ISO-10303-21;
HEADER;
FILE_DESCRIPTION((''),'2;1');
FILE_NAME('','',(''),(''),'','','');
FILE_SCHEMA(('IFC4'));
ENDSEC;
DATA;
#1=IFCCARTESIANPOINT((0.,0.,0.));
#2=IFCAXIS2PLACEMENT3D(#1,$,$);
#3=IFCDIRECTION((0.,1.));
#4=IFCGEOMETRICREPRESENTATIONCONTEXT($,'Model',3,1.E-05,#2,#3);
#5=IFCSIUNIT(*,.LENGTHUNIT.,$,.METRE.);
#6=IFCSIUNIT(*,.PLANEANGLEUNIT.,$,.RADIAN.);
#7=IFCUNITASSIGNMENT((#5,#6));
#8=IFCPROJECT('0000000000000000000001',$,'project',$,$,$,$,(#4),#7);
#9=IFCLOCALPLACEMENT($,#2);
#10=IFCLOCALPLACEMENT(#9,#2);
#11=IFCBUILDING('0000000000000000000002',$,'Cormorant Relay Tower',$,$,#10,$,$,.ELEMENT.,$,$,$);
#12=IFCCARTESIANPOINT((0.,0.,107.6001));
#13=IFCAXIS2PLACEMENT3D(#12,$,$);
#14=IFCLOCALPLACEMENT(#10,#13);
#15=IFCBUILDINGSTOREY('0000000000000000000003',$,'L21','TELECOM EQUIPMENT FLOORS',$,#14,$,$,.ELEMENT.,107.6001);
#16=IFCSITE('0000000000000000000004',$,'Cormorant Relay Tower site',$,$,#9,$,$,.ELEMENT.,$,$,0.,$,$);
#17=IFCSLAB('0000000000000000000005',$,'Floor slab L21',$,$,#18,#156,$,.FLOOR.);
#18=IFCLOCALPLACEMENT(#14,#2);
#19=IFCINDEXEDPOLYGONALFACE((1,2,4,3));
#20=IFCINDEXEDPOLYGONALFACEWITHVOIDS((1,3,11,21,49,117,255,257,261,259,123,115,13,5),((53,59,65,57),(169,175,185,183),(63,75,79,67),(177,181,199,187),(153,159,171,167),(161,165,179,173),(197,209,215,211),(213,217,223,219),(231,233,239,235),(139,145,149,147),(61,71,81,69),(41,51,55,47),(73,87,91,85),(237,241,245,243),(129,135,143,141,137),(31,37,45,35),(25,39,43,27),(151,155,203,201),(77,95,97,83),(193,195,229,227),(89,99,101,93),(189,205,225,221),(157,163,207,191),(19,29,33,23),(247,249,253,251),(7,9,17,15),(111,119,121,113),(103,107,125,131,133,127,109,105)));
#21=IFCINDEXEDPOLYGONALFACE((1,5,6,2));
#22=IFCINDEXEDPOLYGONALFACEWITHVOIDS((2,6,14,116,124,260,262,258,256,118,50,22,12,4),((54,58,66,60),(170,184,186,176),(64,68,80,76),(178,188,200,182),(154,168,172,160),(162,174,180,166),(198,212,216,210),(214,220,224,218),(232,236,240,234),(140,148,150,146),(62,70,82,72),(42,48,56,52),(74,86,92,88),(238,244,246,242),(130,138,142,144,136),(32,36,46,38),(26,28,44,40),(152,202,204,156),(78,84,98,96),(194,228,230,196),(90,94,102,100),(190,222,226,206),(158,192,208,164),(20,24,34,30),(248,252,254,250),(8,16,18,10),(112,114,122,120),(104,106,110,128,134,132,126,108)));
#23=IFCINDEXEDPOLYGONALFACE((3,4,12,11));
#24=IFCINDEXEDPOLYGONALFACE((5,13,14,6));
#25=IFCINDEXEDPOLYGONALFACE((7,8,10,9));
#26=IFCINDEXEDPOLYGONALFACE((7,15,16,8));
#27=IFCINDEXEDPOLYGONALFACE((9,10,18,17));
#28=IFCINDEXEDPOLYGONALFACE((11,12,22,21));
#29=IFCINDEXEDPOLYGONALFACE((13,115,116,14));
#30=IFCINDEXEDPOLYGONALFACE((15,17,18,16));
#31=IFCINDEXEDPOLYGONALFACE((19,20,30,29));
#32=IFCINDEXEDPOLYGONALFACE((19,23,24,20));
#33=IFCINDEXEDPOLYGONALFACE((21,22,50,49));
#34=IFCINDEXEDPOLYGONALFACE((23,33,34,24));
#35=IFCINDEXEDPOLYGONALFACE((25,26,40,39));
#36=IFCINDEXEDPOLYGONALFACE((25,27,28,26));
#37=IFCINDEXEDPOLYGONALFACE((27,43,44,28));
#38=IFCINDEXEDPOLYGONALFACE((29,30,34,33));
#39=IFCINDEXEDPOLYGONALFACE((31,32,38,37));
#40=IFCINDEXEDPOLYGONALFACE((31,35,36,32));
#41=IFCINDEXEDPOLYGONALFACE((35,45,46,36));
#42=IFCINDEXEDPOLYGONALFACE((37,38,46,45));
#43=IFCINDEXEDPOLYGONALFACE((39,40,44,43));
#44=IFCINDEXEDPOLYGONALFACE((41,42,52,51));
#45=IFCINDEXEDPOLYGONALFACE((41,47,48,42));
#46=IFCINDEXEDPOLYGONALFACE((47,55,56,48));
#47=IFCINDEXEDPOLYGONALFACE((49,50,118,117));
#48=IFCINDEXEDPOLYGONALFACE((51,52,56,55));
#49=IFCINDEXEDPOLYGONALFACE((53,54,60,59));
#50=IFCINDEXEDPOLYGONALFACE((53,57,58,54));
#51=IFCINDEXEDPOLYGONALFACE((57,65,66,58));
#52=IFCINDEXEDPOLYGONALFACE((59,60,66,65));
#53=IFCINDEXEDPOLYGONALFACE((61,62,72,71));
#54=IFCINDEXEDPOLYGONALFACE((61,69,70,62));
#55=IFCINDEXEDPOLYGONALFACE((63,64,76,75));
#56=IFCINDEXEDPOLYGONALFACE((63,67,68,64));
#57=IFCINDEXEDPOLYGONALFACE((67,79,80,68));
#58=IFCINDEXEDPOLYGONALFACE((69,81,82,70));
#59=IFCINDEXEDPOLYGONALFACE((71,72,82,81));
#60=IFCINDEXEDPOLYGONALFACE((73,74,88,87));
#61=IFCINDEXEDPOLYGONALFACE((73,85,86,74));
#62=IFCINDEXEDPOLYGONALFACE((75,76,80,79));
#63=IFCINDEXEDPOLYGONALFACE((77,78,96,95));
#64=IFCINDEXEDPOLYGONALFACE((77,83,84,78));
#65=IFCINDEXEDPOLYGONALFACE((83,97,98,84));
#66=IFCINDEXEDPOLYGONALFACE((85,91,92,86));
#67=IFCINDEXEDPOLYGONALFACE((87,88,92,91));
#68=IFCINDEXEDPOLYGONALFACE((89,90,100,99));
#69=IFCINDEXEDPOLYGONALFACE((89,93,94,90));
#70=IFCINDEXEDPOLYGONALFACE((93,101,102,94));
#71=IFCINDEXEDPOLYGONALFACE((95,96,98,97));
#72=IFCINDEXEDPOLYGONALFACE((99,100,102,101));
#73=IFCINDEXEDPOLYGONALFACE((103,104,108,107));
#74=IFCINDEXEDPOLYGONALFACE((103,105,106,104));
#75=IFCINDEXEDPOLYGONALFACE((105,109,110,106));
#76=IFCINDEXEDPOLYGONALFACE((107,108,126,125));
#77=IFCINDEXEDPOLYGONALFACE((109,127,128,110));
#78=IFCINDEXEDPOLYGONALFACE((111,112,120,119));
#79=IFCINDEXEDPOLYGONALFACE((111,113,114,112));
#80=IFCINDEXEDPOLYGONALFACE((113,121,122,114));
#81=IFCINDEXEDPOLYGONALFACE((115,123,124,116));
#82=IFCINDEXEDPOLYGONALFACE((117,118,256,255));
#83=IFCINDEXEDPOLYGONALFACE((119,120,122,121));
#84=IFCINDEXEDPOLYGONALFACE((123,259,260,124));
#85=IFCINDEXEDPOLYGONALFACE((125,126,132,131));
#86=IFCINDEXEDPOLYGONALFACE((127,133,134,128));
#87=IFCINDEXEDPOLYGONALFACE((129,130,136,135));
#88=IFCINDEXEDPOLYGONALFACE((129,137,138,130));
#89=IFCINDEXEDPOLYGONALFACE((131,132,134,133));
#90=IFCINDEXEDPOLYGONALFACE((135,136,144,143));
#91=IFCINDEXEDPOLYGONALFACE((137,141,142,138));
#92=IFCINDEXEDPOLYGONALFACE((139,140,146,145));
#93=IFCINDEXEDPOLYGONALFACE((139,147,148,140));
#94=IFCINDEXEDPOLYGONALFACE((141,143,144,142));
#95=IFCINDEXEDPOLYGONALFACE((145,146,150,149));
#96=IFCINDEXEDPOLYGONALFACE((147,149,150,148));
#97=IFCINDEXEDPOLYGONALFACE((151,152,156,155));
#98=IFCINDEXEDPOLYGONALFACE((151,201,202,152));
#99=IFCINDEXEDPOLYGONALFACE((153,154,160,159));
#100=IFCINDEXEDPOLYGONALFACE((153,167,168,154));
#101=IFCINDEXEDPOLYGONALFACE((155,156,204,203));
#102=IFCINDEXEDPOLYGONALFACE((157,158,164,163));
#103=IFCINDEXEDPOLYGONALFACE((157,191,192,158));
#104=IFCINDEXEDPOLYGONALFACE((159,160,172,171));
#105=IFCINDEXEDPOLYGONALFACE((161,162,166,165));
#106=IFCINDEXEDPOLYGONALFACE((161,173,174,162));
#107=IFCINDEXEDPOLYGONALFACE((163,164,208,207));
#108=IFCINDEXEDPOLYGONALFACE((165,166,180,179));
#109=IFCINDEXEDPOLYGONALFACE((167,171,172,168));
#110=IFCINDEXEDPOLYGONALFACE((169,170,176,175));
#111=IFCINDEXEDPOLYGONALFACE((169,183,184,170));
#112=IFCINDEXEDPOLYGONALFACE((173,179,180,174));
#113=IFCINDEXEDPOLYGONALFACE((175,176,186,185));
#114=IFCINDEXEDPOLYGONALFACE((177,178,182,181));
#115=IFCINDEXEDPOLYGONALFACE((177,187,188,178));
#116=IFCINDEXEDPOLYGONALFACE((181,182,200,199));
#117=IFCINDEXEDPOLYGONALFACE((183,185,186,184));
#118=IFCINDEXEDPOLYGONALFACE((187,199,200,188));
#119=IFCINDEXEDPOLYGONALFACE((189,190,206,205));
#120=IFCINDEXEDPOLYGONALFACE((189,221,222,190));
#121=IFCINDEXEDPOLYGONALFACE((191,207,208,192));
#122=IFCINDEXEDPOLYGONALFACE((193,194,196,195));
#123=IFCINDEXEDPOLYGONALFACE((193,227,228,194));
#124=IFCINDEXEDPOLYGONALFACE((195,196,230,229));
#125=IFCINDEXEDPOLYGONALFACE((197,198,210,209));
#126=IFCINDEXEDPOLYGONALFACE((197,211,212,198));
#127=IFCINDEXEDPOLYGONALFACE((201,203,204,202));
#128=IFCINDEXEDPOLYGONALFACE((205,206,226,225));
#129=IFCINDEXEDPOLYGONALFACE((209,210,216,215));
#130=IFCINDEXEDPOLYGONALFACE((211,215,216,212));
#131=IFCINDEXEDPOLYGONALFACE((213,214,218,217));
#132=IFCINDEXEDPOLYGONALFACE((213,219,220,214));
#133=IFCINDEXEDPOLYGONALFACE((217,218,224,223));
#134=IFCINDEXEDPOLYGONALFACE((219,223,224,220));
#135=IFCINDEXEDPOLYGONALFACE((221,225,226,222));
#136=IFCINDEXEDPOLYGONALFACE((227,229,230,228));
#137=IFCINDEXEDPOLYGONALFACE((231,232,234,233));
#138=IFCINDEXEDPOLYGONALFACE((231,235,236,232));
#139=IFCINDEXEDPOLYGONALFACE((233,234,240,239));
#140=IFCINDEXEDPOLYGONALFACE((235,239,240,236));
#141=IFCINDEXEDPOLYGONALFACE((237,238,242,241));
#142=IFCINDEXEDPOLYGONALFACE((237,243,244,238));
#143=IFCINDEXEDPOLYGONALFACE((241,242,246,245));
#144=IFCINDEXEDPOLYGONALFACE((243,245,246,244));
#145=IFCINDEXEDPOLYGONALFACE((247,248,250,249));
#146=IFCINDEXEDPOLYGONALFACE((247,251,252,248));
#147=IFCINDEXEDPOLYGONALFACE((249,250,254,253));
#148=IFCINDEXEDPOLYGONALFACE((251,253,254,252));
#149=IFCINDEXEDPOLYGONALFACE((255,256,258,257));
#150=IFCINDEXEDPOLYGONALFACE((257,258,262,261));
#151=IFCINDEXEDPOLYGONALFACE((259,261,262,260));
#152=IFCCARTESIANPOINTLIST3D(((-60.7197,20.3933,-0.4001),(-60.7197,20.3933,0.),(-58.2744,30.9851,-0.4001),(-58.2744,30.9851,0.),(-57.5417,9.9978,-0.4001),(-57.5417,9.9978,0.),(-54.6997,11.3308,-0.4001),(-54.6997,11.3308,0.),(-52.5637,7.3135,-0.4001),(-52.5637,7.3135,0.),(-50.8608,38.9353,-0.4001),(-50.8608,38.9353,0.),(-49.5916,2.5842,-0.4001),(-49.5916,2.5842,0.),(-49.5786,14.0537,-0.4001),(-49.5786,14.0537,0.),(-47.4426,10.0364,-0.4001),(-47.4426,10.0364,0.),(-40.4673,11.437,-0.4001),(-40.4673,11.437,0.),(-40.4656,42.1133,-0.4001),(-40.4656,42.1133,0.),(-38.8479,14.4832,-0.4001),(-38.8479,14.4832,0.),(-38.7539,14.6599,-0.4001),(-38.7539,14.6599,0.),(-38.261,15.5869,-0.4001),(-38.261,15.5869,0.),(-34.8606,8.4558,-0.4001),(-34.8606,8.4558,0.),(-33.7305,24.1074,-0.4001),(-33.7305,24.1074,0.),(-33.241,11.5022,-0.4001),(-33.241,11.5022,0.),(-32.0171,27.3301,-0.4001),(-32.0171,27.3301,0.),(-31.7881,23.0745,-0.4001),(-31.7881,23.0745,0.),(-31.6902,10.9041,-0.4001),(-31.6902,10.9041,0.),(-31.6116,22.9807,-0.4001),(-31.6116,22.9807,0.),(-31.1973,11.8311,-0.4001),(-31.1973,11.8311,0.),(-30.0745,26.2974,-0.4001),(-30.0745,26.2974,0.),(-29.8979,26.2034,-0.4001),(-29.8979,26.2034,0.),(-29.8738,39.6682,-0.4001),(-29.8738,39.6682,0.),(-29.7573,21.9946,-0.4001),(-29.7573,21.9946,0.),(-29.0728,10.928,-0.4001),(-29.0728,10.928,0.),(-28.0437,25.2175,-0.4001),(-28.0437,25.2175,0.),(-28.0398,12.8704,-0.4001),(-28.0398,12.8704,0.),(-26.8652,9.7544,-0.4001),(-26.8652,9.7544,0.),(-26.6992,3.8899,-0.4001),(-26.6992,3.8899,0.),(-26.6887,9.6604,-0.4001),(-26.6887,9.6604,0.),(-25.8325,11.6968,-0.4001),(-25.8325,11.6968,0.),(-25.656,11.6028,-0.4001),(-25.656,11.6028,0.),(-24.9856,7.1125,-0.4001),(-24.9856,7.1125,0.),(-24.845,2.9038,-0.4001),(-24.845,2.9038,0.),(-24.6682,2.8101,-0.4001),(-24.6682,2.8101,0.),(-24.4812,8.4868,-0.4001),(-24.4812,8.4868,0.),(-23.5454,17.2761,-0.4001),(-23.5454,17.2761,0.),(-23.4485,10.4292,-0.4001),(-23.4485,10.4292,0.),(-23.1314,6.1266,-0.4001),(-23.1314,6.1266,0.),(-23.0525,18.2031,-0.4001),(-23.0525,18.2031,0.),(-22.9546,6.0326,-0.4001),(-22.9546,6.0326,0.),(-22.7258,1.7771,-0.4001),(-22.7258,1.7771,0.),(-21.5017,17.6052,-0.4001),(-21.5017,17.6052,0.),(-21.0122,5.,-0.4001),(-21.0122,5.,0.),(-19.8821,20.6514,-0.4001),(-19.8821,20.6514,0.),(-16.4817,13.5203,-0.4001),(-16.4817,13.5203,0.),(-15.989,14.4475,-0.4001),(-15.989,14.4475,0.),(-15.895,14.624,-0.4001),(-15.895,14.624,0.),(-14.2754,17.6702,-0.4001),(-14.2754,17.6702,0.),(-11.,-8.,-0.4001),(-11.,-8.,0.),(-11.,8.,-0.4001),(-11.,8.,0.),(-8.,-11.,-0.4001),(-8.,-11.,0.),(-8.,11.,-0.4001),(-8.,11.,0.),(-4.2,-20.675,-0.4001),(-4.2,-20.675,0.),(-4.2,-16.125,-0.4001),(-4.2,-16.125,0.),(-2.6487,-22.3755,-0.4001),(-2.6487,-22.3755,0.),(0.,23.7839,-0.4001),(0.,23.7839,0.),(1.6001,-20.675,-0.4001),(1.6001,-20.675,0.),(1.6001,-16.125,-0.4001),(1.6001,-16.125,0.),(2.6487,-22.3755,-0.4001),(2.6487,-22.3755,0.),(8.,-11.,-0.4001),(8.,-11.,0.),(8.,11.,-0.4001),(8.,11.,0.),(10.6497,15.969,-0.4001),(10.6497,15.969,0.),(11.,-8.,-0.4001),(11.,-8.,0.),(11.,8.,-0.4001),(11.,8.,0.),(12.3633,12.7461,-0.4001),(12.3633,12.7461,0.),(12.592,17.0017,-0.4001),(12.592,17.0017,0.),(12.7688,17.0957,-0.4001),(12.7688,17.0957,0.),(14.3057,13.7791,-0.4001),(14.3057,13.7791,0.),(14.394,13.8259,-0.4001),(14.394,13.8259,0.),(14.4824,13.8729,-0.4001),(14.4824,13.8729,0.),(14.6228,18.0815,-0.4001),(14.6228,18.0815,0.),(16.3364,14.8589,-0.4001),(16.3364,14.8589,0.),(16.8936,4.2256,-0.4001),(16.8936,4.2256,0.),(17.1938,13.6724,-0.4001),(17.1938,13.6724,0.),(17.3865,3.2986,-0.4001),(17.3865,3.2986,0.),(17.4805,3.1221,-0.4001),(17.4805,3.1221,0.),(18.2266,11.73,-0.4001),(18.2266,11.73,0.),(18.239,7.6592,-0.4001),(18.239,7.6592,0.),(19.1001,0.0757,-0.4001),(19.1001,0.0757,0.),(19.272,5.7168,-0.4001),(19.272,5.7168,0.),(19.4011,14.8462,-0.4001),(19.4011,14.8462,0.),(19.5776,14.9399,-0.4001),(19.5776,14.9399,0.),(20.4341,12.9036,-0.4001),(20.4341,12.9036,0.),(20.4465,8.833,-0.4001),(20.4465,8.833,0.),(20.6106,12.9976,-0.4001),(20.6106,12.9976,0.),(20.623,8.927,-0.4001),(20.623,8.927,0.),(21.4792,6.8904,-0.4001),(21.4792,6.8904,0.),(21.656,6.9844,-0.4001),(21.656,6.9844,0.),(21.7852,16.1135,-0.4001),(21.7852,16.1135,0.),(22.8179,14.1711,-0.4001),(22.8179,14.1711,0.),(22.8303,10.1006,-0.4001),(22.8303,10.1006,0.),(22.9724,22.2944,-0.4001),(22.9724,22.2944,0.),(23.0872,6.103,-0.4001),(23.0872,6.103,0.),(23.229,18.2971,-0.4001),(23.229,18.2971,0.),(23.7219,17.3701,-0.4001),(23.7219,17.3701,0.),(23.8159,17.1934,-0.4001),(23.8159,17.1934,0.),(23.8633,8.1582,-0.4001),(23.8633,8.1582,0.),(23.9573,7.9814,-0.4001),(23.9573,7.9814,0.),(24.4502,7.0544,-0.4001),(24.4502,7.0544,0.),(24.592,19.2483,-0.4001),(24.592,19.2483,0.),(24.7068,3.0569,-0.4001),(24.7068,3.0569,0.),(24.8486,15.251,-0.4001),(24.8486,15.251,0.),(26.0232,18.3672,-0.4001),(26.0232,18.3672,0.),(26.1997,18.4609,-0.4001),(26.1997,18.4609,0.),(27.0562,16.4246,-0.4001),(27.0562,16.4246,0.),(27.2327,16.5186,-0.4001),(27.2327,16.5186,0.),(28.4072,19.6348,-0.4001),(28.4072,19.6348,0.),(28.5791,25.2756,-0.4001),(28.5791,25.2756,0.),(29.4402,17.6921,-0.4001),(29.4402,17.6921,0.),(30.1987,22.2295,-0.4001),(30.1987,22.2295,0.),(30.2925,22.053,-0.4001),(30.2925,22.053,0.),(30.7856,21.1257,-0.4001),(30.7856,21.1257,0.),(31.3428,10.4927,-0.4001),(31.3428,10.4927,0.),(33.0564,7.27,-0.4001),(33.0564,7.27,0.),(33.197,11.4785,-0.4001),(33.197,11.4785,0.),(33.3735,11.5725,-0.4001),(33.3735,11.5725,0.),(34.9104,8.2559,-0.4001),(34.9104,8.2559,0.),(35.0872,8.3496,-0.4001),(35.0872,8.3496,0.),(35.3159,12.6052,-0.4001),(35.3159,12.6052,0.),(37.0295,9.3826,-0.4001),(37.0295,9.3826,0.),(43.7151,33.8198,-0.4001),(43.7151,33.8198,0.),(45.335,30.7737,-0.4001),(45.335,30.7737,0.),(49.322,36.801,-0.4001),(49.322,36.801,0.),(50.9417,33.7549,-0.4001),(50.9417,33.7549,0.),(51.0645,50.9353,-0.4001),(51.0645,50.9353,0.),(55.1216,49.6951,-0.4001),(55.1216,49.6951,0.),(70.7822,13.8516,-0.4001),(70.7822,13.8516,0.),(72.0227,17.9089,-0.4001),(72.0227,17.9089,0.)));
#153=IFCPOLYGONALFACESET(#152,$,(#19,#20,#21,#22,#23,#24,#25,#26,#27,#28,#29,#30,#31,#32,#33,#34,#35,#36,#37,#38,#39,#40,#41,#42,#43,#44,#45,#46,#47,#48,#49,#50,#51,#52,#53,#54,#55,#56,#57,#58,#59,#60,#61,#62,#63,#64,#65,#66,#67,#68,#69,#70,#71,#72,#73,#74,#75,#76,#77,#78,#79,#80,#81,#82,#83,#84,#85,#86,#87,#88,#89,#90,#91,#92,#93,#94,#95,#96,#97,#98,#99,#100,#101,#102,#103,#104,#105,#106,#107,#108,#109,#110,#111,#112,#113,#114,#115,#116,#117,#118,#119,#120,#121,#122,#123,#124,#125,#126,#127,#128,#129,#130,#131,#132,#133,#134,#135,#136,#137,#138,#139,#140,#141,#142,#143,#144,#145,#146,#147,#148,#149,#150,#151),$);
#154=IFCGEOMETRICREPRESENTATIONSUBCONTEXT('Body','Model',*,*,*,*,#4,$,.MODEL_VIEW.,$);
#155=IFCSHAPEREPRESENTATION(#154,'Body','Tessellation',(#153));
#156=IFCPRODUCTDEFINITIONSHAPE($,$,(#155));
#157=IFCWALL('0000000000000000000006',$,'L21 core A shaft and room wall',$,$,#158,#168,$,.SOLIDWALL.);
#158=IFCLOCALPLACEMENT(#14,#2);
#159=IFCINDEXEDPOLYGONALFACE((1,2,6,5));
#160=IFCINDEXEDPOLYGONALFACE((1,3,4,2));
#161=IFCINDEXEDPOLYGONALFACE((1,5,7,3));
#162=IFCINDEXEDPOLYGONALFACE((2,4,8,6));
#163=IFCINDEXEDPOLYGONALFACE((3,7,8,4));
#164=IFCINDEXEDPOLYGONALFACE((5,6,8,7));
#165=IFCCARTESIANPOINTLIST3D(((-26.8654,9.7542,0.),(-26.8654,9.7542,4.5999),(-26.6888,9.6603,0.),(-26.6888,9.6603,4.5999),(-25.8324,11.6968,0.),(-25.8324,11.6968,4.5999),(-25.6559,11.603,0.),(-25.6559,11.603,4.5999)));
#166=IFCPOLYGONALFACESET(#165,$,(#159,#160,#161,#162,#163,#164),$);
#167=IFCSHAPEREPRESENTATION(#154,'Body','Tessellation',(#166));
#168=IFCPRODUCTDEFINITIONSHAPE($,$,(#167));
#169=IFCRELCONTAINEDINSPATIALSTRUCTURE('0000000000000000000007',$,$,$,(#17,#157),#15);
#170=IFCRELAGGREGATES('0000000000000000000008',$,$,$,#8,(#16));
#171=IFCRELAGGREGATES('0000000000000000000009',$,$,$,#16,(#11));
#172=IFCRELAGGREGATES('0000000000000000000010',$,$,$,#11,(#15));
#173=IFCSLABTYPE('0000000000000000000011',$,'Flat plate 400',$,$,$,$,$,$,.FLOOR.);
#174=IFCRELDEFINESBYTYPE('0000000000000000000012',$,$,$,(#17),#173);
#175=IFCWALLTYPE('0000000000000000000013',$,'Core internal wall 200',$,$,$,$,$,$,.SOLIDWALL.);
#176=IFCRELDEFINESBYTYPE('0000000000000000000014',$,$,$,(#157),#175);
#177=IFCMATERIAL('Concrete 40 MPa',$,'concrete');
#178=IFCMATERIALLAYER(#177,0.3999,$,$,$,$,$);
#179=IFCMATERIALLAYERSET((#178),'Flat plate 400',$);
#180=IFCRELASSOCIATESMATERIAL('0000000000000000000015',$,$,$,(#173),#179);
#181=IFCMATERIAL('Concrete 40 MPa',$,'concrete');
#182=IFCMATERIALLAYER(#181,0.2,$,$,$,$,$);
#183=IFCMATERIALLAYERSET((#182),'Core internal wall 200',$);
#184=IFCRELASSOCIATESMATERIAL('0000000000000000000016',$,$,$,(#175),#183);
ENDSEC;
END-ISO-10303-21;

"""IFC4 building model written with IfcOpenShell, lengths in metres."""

from ifc_helpers import new_model, si_unit, direction, frame, frame_2d, origin, place, context, subcontext, project, spatial, polyline, rectangle, outline, extrude, material, layer, layer_set, type_object, element, save


model = new_model("IFC4")

# Units and contexts
model_context = context("Model", 3, precision=1e-05, world=origin(), true_north=direction((0.0, 1.0)))
body_context = subcontext(model_context, "Body", "Model", "MODEL_VIEW")
ifc_project = project(units=[si_unit("LENGTHUNIT", "METRE"), si_unit("PLANEANGLEUNIT", "RADIAN")], contexts=[model_context])

# Site, building, storey
site_placement = place(None, origin())
site = spatial("IfcSite", under=ifc_project, at=site_placement, Name="Cormorant Relay Tower site", CompositionType="ELEMENT", RefElevation=0.0)
building_placement = place(site_placement, origin())
building = spatial("IfcBuilding", under=site, at=building_placement, Name="Cormorant Relay Tower", CompositionType="ELEMENT")
storey_placement = place(building_placement, frame((0.0, 0.0, 107.6001)))
storey = spatial("IfcBuildingStorey", under=building, at=storey_placement, Name="L21", Description="TELECOM EQUIPMENT FLOORS", CompositionType="ELEMENT", Elevation=107.6001)

# Slab
ifc_material_1 = material(Name="Concrete 40 MPa", Category="concrete")
ifc_layer_1 = layer(ifc_material_1, 0.3999)
ifc_layer_set_1 = layer_set([ifc_layer_1], Name="Flat plate 400")
slab_type_1 = type_object("IfcSlabType", Name="Flat plate 400", PredefinedType="FLOOR", material=ifc_layer_set_1)
slab_1_placement = place(storey_placement, frame((0.0, 0.0, -0.4001)))
element("IfcSlab", 1, at=slab_1_placement, inside=storey, type_object=slab_type_1, Name="Floor slab L21", PredefinedType="FLOOR", context=body_context, shape_type="SweptSolid", body=[
    extrude(outline(polyline([(-60.7197, 20.3933), (-58.2744, 30.9851), (-50.8608, 38.9353), (-40.4656, 42.1133), (-29.8738, 39.6682), (0.0, 23.7839), (51.0645, 50.9353), (55.1216, 49.6951), (72.0227, 17.9089), (70.7822, 13.8516), (2.6487, -22.3755), (-2.6487, -22.3755), (-49.5916, 2.5842), (-57.5417, 9.9978), (-60.7197, 20.3933)]), holes=[polyline([(11.0, -8.0), (11.0, 8.0), (8.0, 11.0), (-8.0, 11.0), (-11.0, 8.0), (-11.0, -8.0), (-8.0, -11.0), (8.0, -11.0), (11.0, -8.0)]), polyline([(-4.2, -16.125), (-4.2, -20.675), (1.6001, -20.675), (1.6001, -16.125), (-4.2, -16.125)]), polyline([(-22.9546, 6.0327), (-24.6682, 2.8101), (-22.7258, 1.7771), (-21.0122, 5.0), (-23.043, 6.0796), (-22.9546, 6.0327)]), polyline([(-24.9856, 7.1125), (-26.6992, 3.8899), (-24.845, 2.9038), (-23.1313, 6.1267), (-23.043, 6.0796), (-24.9856, 7.1125)]), polyline([(-26.6887, 9.6604), (-24.4812, 8.4868), (-23.4485, 10.4292), (-25.656, 11.6028), (-26.6887, 9.6604)]), polyline([(-49.5786, 14.0537), (-54.6997, 11.3308), (-52.5637, 7.3135), (-47.4426, 10.0364), (-49.5786, 14.0537)]), polyline([(-28.0398, 12.8704), (-29.0728, 10.928), (-26.8652, 9.7544), (-25.8325, 11.6968), (-28.0398, 12.8704)]), polyline([(-38.8479, 14.4832), (-40.4673, 11.437), (-34.8606, 8.4558), (-33.241, 11.5022), (-38.8479, 14.4832)]), polyline([(-38.261, 15.5869), (-38.7539, 14.6599), (-31.6902, 10.9041), (-31.1973, 11.8311), (-38.261, 15.5869)]), polyline([(14.3057, 13.7791), (12.592, 17.0017), (10.6497, 15.969), (12.3633, 12.7461), (14.394, 13.8259), (14.3057, 13.7791)]), polyline([(16.3364, 14.8589), (14.6228, 18.0815), (12.7688, 17.0957), (14.4824, 13.8728), (14.394, 13.8259), (16.3364, 14.8589)]), polyline([(-16.4817, 13.5203), (-15.989, 14.4475), (-23.0525, 18.2031), (-23.5454, 17.2761), (-16.4817, 13.5203)]), polyline([(-21.5017, 17.6052), (-15.895, 14.624), (-14.2754, 17.6702), (-19.8821, 20.6514), (-21.5017, 17.6052)]), polyline([(-31.6116, 22.9807), (-29.7573, 21.9946), (-28.0437, 25.2175), (-29.8979, 26.2034), (-31.6116, 22.9807)]), polyline([(-33.7305, 24.1074), (-31.7881, 23.0745), (-30.0745, 26.2974), (-32.0171, 27.3301), (-33.7305, 24.1074)]), polyline([(23.0872, 6.103), (17.4805, 3.1221), (19.1001, 0.0757), (24.7068, 3.0569), (23.0872, 6.103)]), polyline([(16.8936, 4.2256), (17.3865, 3.2986), (24.4502, 7.0544), (23.9573, 7.9814), (16.8936, 4.2256)]), polyline([(20.4465, 8.833), (18.239, 7.6592), (19.272, 5.7168), (21.4792, 6.8904), (20.4465, 8.833)]), polyline([(22.8303, 10.1006), (20.623, 8.927), (21.656, 6.9844), (23.8633, 8.1582), (22.8303, 10.1006)]), polyline([(33.197, 11.4785), (31.3428, 10.4927), (33.0564, 7.27), (34.9104, 8.2559), (33.197, 11.4785)]), polyline([(33.3735, 11.5725), (35.0872, 8.3496), (37.0295, 9.3826), (35.3159, 12.6052), (33.3735, 11.5725)]), polyline([(19.4011, 14.8462), (17.1938, 13.6724), (18.2266, 11.73), (20.4341, 12.9036), (19.4011, 14.8462)]), polyline([(22.8179, 14.1711), (21.7852, 16.1135), (19.5776, 14.9399), (20.6106, 12.9976), (22.8179, 14.1711)]), polyline([(26.0232, 18.3672), (23.8159, 17.1934), (24.8486, 15.251), (27.0562, 16.4246), (26.0232, 18.3672)]), polyline([(29.4402, 17.6921), (28.4072, 19.6348), (26.1997, 18.4609), (27.2327, 16.5186), (29.4402, 17.6921)]), polyline([(30.7856, 21.1257), (30.2925, 22.053), (23.229, 18.2971), (23.7219, 17.3701), (30.7856, 21.1257)]), polyline([(24.592, 19.2483), (30.1987, 22.2295), (28.5791, 25.2756), (22.9724, 22.2944), (24.592, 19.2483)]), polyline([(45.335, 30.7737), (50.9417, 33.7549), (49.322, 36.801), (43.7151, 33.8198), (45.335, 30.7737)])]), origin(), (0.0, 0.0, 1.0), 0.4001),
])

# Wall
ifc_material_2 = material(Name="Concrete 40 MPa", Category="concrete")
ifc_layer_2 = layer(ifc_material_2, 0.2)
ifc_layer_set_2 = layer_set([ifc_layer_2], Name="Core internal wall 200")
wall_type_1 = type_object("IfcWallType", Name="Core internal wall 200", PredefinedType="SOLIDWALL", material=ifc_layer_set_2)
wall_1_placement = place(storey_placement, frame((-25.7441, 11.6499, 0.0), z_axis=(0.0, 0.0, 1.0), x_axis=(-0.469488, -0.882939, 0.0)))
element("IfcWall", 2, at=wall_1_placement, inside=storey, type_object=wall_type_1, Name="L21 core A shaft and room wall", PredefinedType="SOLIDWALL", context=body_context, shape_type="SweptSolid", body=[
    extrude(rectangle(XDim=2.2002, YDim=0.2, at=frame_2d((1.1001, 0.0))), origin(), (0.0, 0.0, 1.0), 4.5999),
])

save(model, "model.ifc")
